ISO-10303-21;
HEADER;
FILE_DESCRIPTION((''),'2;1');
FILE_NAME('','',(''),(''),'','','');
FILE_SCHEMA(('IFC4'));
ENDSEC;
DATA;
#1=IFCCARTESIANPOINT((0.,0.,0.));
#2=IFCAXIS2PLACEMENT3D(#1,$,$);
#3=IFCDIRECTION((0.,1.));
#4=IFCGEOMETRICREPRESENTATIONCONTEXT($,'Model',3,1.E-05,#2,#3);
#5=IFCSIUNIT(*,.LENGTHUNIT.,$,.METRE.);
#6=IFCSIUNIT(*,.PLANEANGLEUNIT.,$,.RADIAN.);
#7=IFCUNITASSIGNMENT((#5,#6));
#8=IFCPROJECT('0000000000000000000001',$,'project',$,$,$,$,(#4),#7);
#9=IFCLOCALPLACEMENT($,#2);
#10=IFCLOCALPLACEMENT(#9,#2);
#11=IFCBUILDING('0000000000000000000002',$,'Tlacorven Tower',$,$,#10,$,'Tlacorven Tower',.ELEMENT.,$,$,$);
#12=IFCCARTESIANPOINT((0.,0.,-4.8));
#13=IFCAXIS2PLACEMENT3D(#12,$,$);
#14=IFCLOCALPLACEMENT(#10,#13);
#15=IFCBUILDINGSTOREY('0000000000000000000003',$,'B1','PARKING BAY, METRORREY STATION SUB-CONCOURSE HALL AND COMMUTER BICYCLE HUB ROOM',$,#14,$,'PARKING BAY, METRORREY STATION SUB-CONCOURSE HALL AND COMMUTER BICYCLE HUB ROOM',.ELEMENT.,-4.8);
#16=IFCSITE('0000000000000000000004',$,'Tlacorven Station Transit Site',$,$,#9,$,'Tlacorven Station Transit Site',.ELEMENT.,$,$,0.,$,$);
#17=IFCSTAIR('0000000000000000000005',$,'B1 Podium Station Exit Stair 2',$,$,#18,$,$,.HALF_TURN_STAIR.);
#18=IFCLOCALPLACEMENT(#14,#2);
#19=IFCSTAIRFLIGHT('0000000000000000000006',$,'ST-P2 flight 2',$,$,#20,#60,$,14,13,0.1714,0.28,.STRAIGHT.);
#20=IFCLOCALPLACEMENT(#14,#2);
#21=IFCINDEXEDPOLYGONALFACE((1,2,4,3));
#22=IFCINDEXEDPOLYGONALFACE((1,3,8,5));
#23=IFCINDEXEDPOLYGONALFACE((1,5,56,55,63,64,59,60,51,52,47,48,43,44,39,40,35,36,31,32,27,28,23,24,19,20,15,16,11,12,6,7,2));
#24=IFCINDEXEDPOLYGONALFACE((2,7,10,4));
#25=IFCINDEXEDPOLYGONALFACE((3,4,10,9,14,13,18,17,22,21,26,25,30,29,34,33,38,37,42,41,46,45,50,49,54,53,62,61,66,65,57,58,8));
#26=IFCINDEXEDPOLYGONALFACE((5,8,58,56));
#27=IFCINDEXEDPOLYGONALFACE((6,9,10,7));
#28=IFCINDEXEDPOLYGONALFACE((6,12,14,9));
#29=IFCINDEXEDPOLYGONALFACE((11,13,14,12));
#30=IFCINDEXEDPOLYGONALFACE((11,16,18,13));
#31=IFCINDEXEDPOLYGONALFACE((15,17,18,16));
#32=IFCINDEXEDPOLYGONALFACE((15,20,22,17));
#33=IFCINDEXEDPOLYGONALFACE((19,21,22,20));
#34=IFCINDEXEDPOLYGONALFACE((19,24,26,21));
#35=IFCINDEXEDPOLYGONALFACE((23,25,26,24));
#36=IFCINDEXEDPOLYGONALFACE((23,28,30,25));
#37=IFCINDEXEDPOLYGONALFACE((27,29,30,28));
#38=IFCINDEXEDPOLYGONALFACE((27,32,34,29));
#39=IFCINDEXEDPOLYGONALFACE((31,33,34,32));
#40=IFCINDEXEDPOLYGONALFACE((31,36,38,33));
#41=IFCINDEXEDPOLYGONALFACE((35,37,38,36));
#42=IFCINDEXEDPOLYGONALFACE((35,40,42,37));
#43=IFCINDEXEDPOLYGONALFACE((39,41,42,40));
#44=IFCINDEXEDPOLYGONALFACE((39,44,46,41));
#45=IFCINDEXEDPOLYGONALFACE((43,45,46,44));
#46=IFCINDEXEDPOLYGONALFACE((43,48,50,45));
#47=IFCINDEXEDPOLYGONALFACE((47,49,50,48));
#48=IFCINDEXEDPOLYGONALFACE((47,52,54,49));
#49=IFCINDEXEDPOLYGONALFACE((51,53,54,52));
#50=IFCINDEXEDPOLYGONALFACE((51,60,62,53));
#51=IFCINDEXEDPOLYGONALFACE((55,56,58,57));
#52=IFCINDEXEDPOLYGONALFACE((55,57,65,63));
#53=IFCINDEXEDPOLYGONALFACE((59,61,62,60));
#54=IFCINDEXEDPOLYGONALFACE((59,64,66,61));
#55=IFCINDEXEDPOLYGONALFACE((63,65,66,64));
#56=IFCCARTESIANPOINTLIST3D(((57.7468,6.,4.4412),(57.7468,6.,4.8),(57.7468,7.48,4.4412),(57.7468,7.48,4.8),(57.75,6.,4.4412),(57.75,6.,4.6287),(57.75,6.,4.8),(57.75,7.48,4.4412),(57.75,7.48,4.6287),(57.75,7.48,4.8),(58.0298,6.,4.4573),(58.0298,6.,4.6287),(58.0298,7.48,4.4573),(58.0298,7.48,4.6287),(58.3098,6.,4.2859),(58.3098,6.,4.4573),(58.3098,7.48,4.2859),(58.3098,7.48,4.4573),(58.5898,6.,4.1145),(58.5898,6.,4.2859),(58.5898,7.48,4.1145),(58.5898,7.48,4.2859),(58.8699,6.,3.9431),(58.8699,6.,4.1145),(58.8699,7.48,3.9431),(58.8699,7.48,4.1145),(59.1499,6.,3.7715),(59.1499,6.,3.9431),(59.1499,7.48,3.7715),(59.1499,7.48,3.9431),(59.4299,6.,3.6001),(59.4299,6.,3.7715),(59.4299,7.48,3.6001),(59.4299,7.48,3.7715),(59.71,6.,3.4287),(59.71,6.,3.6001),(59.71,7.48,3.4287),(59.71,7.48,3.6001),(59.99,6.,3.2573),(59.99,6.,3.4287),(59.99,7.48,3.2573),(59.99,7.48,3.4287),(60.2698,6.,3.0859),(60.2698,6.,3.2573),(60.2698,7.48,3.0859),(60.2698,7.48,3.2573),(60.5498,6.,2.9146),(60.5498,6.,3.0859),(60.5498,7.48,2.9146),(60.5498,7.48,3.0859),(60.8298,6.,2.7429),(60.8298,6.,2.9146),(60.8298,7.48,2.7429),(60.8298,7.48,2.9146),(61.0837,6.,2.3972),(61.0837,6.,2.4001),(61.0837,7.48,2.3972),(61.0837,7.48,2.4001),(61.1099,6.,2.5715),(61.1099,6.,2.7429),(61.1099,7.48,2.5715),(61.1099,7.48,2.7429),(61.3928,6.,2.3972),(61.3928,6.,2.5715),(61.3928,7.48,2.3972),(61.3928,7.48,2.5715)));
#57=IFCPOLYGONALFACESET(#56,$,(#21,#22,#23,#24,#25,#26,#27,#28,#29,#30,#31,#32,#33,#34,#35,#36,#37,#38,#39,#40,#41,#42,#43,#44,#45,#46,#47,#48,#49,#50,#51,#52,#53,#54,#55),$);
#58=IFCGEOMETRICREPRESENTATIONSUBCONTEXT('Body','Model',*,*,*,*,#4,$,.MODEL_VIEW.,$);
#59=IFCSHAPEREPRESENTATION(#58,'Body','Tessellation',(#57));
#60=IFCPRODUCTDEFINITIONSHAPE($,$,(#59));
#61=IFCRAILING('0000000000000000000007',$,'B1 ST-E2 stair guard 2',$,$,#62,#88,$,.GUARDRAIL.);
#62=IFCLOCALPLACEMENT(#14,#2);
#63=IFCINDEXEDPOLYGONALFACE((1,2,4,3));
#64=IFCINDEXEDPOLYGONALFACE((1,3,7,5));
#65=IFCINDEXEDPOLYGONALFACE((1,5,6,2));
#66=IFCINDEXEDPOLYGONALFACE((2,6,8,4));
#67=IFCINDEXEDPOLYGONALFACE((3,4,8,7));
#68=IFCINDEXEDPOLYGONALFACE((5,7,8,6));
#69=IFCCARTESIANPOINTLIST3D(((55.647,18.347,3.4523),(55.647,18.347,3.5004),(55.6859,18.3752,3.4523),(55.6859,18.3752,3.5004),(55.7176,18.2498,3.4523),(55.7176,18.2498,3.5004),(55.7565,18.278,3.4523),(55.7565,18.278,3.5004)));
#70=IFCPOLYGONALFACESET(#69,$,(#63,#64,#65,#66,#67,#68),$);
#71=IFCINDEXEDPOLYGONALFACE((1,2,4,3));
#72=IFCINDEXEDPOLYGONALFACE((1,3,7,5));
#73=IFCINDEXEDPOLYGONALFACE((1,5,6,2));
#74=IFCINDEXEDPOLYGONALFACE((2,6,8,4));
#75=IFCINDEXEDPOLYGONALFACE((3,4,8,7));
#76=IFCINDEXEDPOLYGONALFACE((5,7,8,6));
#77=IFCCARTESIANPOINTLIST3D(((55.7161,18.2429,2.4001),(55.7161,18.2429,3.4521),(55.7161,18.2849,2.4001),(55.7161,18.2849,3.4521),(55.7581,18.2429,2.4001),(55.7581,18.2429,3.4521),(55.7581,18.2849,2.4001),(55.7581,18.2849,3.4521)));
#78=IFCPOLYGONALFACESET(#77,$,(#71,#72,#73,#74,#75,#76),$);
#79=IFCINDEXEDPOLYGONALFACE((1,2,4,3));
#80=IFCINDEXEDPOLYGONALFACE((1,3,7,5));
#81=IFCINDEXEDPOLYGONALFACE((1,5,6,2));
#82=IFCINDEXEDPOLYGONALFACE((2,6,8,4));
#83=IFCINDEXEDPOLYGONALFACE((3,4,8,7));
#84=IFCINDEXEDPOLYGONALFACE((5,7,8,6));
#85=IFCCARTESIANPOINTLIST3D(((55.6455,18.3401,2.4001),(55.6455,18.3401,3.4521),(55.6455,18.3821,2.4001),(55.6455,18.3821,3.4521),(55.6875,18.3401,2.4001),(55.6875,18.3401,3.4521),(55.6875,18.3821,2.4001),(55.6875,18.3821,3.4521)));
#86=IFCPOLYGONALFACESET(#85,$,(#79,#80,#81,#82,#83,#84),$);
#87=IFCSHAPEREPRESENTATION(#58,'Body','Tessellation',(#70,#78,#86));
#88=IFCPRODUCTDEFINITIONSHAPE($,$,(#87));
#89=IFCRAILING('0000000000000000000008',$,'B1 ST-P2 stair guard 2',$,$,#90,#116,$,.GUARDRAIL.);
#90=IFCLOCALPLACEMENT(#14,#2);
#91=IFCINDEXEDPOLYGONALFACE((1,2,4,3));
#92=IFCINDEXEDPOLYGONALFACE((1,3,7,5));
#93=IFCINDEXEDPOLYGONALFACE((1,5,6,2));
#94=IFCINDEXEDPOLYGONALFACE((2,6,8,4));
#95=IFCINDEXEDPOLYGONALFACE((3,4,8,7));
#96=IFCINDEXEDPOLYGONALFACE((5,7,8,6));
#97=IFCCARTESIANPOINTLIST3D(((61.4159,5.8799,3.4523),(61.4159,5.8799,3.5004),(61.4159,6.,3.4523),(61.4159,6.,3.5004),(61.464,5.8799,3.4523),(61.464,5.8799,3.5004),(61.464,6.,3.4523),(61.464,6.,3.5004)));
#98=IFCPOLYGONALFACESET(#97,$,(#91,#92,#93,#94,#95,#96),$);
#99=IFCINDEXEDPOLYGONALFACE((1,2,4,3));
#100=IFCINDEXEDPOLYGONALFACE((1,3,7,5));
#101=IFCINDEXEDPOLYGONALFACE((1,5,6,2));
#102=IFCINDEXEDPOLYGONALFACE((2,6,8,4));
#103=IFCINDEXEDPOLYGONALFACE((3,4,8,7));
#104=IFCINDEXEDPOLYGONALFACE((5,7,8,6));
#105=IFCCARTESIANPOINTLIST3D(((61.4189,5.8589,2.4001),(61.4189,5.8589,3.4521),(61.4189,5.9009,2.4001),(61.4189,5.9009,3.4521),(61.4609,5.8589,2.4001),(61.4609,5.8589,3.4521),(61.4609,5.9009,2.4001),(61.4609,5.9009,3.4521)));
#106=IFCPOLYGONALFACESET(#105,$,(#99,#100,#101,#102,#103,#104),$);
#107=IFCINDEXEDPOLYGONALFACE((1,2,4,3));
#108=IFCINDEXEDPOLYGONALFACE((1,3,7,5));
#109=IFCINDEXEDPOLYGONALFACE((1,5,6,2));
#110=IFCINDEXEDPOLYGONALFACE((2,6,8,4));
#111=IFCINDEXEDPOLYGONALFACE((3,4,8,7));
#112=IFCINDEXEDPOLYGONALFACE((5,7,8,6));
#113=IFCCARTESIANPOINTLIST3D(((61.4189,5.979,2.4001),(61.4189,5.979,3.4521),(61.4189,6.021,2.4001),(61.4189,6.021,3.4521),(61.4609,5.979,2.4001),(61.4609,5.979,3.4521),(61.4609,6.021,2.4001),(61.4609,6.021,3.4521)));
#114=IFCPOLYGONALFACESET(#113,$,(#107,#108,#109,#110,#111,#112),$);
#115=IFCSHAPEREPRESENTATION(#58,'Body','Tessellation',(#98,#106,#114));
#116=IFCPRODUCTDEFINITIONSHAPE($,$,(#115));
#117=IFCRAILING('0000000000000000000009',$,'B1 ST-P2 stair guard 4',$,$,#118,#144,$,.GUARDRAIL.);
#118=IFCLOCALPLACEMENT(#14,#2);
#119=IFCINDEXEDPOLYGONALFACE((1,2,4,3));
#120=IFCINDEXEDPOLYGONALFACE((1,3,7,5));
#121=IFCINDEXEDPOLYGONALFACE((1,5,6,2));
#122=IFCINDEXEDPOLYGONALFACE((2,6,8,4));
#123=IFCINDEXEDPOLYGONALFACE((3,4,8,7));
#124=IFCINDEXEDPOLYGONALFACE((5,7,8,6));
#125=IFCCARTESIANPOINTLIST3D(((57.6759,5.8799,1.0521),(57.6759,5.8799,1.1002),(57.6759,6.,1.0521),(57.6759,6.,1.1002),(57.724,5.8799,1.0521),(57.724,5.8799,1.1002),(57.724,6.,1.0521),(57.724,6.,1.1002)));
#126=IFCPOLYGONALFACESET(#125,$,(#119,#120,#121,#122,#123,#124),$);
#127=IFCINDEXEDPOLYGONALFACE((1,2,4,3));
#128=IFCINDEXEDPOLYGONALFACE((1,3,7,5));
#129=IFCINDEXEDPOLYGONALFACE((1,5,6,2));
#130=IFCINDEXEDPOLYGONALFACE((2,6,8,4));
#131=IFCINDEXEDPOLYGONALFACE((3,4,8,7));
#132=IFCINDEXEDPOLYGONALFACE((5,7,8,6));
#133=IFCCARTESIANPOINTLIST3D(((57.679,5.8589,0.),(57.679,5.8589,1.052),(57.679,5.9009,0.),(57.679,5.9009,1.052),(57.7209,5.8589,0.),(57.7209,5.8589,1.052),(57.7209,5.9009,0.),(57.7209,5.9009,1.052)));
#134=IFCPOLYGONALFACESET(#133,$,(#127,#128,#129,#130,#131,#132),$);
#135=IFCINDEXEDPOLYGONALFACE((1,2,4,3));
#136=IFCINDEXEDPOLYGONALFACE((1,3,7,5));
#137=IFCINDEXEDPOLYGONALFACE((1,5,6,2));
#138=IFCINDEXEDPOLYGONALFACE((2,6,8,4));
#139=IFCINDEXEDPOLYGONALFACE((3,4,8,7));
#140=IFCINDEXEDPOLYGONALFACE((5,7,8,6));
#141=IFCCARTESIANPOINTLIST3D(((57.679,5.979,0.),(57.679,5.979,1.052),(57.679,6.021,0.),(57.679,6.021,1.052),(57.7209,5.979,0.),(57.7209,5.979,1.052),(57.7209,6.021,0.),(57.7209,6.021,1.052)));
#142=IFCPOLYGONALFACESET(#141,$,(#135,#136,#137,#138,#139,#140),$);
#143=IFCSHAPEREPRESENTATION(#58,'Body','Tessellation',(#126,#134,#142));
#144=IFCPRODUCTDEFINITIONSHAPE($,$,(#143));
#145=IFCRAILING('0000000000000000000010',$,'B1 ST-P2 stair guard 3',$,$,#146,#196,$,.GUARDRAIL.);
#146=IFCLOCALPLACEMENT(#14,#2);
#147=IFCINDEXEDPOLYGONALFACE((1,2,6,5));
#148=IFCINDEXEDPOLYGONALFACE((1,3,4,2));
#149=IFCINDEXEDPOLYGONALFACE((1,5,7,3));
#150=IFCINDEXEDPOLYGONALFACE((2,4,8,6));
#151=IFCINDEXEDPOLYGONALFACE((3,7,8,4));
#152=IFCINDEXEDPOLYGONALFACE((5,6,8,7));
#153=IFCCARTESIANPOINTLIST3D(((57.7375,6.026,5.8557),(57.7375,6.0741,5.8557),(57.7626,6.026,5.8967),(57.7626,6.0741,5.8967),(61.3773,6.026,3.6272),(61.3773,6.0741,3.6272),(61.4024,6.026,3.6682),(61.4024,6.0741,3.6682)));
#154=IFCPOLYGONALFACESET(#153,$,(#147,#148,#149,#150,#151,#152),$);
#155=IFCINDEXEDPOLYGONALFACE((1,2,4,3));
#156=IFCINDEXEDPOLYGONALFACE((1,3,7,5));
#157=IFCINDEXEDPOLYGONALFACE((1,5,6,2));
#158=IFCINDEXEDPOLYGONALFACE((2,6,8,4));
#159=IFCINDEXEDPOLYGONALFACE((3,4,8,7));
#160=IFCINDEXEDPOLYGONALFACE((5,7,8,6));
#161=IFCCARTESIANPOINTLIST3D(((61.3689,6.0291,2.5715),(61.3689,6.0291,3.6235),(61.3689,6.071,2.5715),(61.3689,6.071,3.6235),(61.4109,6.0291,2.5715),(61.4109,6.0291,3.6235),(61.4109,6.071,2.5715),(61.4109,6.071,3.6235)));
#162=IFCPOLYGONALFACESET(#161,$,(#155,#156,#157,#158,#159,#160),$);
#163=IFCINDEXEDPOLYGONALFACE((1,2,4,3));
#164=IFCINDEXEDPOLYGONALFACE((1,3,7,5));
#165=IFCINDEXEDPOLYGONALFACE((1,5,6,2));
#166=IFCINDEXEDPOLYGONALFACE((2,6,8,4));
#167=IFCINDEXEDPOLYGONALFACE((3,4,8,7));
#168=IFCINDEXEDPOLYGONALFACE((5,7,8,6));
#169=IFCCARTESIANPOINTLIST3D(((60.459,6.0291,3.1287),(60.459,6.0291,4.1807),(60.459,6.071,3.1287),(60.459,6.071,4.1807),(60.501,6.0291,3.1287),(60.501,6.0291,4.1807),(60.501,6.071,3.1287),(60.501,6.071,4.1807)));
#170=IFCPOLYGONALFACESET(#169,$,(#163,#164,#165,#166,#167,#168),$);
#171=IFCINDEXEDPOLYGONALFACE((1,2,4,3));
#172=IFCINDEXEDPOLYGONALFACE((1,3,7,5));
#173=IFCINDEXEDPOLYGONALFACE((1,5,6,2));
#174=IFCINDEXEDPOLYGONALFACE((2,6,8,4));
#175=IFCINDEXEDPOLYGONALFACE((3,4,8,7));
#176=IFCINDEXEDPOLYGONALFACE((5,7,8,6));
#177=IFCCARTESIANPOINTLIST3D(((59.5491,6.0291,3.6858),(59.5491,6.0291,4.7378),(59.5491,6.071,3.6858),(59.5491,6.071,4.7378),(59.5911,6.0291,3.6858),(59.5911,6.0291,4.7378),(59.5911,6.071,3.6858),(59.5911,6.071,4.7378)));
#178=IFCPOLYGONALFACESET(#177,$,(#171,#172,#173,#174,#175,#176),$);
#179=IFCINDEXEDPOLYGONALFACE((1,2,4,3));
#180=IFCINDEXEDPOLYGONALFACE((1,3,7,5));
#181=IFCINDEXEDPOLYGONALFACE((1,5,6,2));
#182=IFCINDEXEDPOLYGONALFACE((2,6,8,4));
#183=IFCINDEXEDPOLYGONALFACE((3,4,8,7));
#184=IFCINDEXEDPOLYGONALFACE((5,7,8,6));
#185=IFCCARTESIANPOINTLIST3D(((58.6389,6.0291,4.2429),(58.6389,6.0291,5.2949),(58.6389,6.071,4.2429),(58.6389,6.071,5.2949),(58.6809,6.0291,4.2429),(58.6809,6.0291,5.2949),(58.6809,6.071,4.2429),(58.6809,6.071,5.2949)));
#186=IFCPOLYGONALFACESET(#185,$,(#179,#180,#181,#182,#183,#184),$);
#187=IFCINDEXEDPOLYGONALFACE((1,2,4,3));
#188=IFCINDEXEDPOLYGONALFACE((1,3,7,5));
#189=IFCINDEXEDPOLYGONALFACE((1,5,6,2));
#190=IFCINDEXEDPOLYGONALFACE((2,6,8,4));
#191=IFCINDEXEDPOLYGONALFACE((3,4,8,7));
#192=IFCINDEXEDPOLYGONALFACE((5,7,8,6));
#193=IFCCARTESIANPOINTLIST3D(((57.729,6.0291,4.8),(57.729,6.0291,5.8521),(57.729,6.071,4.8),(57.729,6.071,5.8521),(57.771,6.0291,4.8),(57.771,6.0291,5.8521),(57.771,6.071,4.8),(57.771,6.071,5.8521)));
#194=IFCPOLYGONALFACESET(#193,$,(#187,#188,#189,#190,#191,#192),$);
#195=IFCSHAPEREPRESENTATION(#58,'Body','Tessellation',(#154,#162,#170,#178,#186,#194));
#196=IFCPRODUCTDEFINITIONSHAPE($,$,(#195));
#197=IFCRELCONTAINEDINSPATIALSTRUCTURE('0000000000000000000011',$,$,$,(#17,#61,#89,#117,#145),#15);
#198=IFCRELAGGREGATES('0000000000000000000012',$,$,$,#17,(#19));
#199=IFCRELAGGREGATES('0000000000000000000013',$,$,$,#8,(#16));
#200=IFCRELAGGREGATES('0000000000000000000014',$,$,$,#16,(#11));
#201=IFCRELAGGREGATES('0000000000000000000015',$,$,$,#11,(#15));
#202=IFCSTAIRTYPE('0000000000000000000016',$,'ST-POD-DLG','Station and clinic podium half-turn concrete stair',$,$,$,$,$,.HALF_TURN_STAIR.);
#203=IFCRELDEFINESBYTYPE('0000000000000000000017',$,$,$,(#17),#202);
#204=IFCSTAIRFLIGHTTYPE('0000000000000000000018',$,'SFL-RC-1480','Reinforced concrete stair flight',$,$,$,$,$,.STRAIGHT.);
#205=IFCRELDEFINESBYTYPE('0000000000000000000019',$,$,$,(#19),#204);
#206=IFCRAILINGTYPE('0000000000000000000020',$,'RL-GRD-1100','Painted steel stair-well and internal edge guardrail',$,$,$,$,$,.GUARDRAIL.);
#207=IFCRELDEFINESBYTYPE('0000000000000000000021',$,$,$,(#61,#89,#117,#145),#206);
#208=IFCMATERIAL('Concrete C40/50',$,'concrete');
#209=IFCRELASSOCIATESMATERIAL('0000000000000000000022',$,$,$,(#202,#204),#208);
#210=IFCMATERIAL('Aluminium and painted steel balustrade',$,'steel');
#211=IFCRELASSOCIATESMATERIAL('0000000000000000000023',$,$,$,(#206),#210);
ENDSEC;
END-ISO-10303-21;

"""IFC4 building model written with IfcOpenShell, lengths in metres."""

from ifc_helpers import new_model, si_unit, direction, frame, origin, origin_2d, place, context, subcontext, project, spatial, polyline, rectangle, outline, extrude, source, transform, mapped, material, type_object, element, aggregate, save


model = new_model("IFC4")

# Units and contexts
model_context = context("Model", 3, precision=1e-05, world=origin(), true_north=direction((0.0, 1.0)))
body_context = subcontext(model_context, "Body", "Model", "MODEL_VIEW")
ifc_project = project(units=[si_unit("LENGTHUNIT", "METRE"), si_unit("PLANEANGLEUNIT", "RADIAN")], contexts=[model_context])

# Site, building, storey
site_placement = place(None, origin())
site = spatial("IfcSite", under=ifc_project, at=site_placement, Name="Tlacorven Station Transit Site", LongName="Tlacorven Station Transit Site", CompositionType="ELEMENT", RefElevation=0.0)
building_placement = place(site_placement, origin())
building = spatial("IfcBuilding", under=site, at=building_placement, Name="Tlacorven Tower", LongName="Tlacorven Tower", CompositionType="ELEMENT")
storey_placement = place(building_placement, frame((0.0, 0.0, -4.8)))
storey = spatial("IfcBuildingStorey", under=building, at=storey_placement, Name="B1", Description="PARKING BAY, METRORREY STATION SUB-CONCOURSE HALL AND COMMUTER BICYCLE HUB ROOM", LongName="PARKING BAY, METRORREY STATION SUB-CONCOURSE HALL AND COMMUTER BICYCLE HUB ROOM", CompositionType="ELEMENT", Elevation=-4.8)

# Shared definitions
ifc_material_1 = material(Name="Concrete C40/50", Category="concrete")

# Stair, stair flight
stair_type = type_object("IfcStairType", Name="ST-POD-DLG", Description="Station and clinic podium half-turn concrete stair", PredefinedType="HALF_TURN_STAIR", material=ifc_material_1)
stair_placement = place(storey_placement, origin())
stair = element("IfcStair", 1, at=stair_placement, inside=storey, type_object=stair_type, Name="B1 Podium Station Exit Stair 2", PredefinedType="HALF_TURN_STAIR")
stair_flight_type = type_object("IfcStairFlightType", Name="SFL-RC-1480", Description="Reinforced concrete stair flight", PredefinedType="STRAIGHT", material=ifc_material_1)
shared_shape_1 = source(origin(), body_context, "Body", "SweptSolid", [
    extrude(outline(polyline([(-0.0029, -0.0029), (-0.0029, 0.1714), (0.28, 0.1714), (0.28, 0.3428), (0.5601, 0.3428), (0.5601, 0.5144), (0.8401, 0.5144), (0.8401, 0.6858), (1.1201, 0.6858), (1.1201, 0.8572), (1.3999, 0.8572), (1.3999, 1.0286), (1.6799, 1.0286), (1.6799, 1.2), (1.96, 1.2), (1.96, 1.3713), (2.24, 1.3713), (2.24, 1.543), (2.52, 1.543), (2.52, 1.7144), (2.8, 1.7144), (2.8, 1.8857), (3.0801, 1.8857), (3.0801, 2.0571), (3.3601, 2.0571), (3.3601, 2.2285), (3.6399, 2.2285), (3.6399, 2.3999), (3.6431, 2.3999), (3.6431, 2.041), (3.6399, 2.041), (0.3062, 0.0), (0.3062, -0.0029), (-0.0029, -0.0029)])), frame((0.0, 0.74, 0.0), z_axis=(0.0, -1.0, 0.0), x_axis=(1.0, 0.0, 0.0)), (0.0, 0.0, 1.0), 1.48),
])
stair_flight_1_placement = place(storey_placement, frame((61.3899, 6.74, 2.4001), z_axis=(0.0, 0.0, 1.0), x_axis=(-1.0, 0.0, 0.0)))
stair_flight_1 = element("IfcStairFlight", 2, at=stair_flight_1_placement, type_object=stair_flight_type, Name="ST-P2 flight 2", NumberOfRisers=14, NumberOfTreads=13, PredefinedType="STRAIGHT", RiserHeight=0.1714, TreadLength=0.28, context=body_context, shape_type="MappedRepresentation", body=[
    mapped(shared_shape_1, transform((0.0, 0.0, 0.0), scale=1.0)),
])
aggregate(stair, [stair_flight_1])

# Railings
ifc_material_2 = material(Name="Aluminium and painted steel balustrade", Category="steel")
railing_type_1 = type_object("IfcRailingType", Name="RL-GRD-1100", Description="Painted steel stair-well and internal edge guardrail", PredefinedType="GUARDRAIL", material=ifc_material_2)
shared_shape_2 = source(origin(), body_context, "Body", "SweptSolid", [
    extrude(rectangle(XDim=0.0481, YDim=0.0481, at=origin_2d()), frame((0.0, 0.0, 1.0762), z_axis=(-0.587567, 0.809175, 0.0), x_axis=(-0.809175, -0.587567, 0.0)), (0.0, 0.0, 1.0), 0.1201),
    extrude(rectangle(XDim=0.042, YDim=0.042, at=origin_2d()), origin(), (0.0, 0.0, 1.0), 1.052),
    extrude(rectangle(XDim=0.042, YDim=0.042, at=origin_2d()), frame((-0.0706, 0.0972, 0.0)), (0.0, 0.0, 1.0), 1.052),
])
railing_1_placement = place(storey_placement, frame((55.7371, 18.2639, 2.4001)))
element("IfcRailing", 3, at=railing_1_placement, inside=storey, type_object=railing_type_1, Name="B1 ST-E2 stair guard 2", PredefinedType="GUARDRAIL", context=body_context, shape_type="MappedRepresentation", body=[
    mapped(shared_shape_2, transform((0.0, 0.0, 0.0), scale=1.0)),
])
shared_shape_3 = source(origin(), body_context, "Body", "SweptSolid", [
    extrude(rectangle(XDim=0.0481, YDim=0.0481, at=origin_2d()), frame((0.0, 0.0, 1.0762), z_axis=(0.0, 1.0, 0.0), x_axis=(-1.0, 0.0, 0.0)), (0.0, 0.0, 1.0), 0.1201),
    extrude(rectangle(XDim=0.042, YDim=0.042, at=origin_2d()), origin(), (0.0, 0.0, 1.0), 1.052),
    extrude(rectangle(XDim=0.042, YDim=0.042, at=origin_2d()), frame((0.0, 0.1201, 0.0)), (0.0, 0.0, 1.0), 1.052),
])
for number, where, name in (
    (4, (61.4399, 5.8799, 2.4001), "B1 ST-P2 stair guard 2"),
    (5, (57.7, 5.8799, 0.0), "B1 ST-P2 stair guard 4"),
):
    element("IfcRailing", number, at=place(storey_placement, frame(where)), inside=storey, type_object=railing_type_1, Name=name, PredefinedType="GUARDRAIL", context=body_context, shape_type="MappedRepresentation", body=[
        mapped(shared_shape_3, transform((0.0, 0.0, 0.0), scale=1.0)),
    ])
shared_shape_4 = source(origin(), body_context, "Body", "SweptSolid", [
    extrude(rectangle(XDim=0.0481, YDim=0.0481, at=origin_2d()), frame((0.0, 0.0, 1.0762), z_axis=(-0.85285, 0.0, 0.522156), x_axis=(0.0, -1.0, 0.0)), (0.0, 0.0, 1.0), 4.2678),
    extrude(rectangle(XDim=0.042, YDim=0.042, at=origin_2d()), origin(), (0.0, 0.0, 1.0), 1.052),
    extrude(rectangle(XDim=0.042, YDim=0.042, at=origin_2d()), frame((-0.9099, 0.0, 0.5571)), (0.0, 0.0, 1.0), 1.052),
    extrude(rectangle(XDim=0.042, YDim=0.042, at=origin_2d()), frame((-1.8198, 0.0, 1.1143)), (0.0, 0.0, 1.0), 1.052),
    extrude(rectangle(XDim=0.042, YDim=0.042, at=origin_2d()), frame((-2.73, 0.0, 1.6714)), (0.0, 0.0, 1.0), 1.052),
    extrude(rectangle(XDim=0.042, YDim=0.042, at=origin_2d()), frame((-3.6399, 0.0, 2.2285)), (0.0, 0.0, 1.0), 1.052),
])
railing_2_placement = place(storey_placement, frame((61.3899, 6.05, 2.5715)))
element("IfcRailing", 6, at=railing_2_placement, inside=storey, type_object=railing_type_1, Name="B1 ST-P2 stair guard 3", PredefinedType="GUARDRAIL", context=body_context, shape_type="MappedRepresentation", body=[
    mapped(shared_shape_4, transform((0.0, 0.0, 0.0), scale=1.0)),
])

save(model, "model.ifc")
